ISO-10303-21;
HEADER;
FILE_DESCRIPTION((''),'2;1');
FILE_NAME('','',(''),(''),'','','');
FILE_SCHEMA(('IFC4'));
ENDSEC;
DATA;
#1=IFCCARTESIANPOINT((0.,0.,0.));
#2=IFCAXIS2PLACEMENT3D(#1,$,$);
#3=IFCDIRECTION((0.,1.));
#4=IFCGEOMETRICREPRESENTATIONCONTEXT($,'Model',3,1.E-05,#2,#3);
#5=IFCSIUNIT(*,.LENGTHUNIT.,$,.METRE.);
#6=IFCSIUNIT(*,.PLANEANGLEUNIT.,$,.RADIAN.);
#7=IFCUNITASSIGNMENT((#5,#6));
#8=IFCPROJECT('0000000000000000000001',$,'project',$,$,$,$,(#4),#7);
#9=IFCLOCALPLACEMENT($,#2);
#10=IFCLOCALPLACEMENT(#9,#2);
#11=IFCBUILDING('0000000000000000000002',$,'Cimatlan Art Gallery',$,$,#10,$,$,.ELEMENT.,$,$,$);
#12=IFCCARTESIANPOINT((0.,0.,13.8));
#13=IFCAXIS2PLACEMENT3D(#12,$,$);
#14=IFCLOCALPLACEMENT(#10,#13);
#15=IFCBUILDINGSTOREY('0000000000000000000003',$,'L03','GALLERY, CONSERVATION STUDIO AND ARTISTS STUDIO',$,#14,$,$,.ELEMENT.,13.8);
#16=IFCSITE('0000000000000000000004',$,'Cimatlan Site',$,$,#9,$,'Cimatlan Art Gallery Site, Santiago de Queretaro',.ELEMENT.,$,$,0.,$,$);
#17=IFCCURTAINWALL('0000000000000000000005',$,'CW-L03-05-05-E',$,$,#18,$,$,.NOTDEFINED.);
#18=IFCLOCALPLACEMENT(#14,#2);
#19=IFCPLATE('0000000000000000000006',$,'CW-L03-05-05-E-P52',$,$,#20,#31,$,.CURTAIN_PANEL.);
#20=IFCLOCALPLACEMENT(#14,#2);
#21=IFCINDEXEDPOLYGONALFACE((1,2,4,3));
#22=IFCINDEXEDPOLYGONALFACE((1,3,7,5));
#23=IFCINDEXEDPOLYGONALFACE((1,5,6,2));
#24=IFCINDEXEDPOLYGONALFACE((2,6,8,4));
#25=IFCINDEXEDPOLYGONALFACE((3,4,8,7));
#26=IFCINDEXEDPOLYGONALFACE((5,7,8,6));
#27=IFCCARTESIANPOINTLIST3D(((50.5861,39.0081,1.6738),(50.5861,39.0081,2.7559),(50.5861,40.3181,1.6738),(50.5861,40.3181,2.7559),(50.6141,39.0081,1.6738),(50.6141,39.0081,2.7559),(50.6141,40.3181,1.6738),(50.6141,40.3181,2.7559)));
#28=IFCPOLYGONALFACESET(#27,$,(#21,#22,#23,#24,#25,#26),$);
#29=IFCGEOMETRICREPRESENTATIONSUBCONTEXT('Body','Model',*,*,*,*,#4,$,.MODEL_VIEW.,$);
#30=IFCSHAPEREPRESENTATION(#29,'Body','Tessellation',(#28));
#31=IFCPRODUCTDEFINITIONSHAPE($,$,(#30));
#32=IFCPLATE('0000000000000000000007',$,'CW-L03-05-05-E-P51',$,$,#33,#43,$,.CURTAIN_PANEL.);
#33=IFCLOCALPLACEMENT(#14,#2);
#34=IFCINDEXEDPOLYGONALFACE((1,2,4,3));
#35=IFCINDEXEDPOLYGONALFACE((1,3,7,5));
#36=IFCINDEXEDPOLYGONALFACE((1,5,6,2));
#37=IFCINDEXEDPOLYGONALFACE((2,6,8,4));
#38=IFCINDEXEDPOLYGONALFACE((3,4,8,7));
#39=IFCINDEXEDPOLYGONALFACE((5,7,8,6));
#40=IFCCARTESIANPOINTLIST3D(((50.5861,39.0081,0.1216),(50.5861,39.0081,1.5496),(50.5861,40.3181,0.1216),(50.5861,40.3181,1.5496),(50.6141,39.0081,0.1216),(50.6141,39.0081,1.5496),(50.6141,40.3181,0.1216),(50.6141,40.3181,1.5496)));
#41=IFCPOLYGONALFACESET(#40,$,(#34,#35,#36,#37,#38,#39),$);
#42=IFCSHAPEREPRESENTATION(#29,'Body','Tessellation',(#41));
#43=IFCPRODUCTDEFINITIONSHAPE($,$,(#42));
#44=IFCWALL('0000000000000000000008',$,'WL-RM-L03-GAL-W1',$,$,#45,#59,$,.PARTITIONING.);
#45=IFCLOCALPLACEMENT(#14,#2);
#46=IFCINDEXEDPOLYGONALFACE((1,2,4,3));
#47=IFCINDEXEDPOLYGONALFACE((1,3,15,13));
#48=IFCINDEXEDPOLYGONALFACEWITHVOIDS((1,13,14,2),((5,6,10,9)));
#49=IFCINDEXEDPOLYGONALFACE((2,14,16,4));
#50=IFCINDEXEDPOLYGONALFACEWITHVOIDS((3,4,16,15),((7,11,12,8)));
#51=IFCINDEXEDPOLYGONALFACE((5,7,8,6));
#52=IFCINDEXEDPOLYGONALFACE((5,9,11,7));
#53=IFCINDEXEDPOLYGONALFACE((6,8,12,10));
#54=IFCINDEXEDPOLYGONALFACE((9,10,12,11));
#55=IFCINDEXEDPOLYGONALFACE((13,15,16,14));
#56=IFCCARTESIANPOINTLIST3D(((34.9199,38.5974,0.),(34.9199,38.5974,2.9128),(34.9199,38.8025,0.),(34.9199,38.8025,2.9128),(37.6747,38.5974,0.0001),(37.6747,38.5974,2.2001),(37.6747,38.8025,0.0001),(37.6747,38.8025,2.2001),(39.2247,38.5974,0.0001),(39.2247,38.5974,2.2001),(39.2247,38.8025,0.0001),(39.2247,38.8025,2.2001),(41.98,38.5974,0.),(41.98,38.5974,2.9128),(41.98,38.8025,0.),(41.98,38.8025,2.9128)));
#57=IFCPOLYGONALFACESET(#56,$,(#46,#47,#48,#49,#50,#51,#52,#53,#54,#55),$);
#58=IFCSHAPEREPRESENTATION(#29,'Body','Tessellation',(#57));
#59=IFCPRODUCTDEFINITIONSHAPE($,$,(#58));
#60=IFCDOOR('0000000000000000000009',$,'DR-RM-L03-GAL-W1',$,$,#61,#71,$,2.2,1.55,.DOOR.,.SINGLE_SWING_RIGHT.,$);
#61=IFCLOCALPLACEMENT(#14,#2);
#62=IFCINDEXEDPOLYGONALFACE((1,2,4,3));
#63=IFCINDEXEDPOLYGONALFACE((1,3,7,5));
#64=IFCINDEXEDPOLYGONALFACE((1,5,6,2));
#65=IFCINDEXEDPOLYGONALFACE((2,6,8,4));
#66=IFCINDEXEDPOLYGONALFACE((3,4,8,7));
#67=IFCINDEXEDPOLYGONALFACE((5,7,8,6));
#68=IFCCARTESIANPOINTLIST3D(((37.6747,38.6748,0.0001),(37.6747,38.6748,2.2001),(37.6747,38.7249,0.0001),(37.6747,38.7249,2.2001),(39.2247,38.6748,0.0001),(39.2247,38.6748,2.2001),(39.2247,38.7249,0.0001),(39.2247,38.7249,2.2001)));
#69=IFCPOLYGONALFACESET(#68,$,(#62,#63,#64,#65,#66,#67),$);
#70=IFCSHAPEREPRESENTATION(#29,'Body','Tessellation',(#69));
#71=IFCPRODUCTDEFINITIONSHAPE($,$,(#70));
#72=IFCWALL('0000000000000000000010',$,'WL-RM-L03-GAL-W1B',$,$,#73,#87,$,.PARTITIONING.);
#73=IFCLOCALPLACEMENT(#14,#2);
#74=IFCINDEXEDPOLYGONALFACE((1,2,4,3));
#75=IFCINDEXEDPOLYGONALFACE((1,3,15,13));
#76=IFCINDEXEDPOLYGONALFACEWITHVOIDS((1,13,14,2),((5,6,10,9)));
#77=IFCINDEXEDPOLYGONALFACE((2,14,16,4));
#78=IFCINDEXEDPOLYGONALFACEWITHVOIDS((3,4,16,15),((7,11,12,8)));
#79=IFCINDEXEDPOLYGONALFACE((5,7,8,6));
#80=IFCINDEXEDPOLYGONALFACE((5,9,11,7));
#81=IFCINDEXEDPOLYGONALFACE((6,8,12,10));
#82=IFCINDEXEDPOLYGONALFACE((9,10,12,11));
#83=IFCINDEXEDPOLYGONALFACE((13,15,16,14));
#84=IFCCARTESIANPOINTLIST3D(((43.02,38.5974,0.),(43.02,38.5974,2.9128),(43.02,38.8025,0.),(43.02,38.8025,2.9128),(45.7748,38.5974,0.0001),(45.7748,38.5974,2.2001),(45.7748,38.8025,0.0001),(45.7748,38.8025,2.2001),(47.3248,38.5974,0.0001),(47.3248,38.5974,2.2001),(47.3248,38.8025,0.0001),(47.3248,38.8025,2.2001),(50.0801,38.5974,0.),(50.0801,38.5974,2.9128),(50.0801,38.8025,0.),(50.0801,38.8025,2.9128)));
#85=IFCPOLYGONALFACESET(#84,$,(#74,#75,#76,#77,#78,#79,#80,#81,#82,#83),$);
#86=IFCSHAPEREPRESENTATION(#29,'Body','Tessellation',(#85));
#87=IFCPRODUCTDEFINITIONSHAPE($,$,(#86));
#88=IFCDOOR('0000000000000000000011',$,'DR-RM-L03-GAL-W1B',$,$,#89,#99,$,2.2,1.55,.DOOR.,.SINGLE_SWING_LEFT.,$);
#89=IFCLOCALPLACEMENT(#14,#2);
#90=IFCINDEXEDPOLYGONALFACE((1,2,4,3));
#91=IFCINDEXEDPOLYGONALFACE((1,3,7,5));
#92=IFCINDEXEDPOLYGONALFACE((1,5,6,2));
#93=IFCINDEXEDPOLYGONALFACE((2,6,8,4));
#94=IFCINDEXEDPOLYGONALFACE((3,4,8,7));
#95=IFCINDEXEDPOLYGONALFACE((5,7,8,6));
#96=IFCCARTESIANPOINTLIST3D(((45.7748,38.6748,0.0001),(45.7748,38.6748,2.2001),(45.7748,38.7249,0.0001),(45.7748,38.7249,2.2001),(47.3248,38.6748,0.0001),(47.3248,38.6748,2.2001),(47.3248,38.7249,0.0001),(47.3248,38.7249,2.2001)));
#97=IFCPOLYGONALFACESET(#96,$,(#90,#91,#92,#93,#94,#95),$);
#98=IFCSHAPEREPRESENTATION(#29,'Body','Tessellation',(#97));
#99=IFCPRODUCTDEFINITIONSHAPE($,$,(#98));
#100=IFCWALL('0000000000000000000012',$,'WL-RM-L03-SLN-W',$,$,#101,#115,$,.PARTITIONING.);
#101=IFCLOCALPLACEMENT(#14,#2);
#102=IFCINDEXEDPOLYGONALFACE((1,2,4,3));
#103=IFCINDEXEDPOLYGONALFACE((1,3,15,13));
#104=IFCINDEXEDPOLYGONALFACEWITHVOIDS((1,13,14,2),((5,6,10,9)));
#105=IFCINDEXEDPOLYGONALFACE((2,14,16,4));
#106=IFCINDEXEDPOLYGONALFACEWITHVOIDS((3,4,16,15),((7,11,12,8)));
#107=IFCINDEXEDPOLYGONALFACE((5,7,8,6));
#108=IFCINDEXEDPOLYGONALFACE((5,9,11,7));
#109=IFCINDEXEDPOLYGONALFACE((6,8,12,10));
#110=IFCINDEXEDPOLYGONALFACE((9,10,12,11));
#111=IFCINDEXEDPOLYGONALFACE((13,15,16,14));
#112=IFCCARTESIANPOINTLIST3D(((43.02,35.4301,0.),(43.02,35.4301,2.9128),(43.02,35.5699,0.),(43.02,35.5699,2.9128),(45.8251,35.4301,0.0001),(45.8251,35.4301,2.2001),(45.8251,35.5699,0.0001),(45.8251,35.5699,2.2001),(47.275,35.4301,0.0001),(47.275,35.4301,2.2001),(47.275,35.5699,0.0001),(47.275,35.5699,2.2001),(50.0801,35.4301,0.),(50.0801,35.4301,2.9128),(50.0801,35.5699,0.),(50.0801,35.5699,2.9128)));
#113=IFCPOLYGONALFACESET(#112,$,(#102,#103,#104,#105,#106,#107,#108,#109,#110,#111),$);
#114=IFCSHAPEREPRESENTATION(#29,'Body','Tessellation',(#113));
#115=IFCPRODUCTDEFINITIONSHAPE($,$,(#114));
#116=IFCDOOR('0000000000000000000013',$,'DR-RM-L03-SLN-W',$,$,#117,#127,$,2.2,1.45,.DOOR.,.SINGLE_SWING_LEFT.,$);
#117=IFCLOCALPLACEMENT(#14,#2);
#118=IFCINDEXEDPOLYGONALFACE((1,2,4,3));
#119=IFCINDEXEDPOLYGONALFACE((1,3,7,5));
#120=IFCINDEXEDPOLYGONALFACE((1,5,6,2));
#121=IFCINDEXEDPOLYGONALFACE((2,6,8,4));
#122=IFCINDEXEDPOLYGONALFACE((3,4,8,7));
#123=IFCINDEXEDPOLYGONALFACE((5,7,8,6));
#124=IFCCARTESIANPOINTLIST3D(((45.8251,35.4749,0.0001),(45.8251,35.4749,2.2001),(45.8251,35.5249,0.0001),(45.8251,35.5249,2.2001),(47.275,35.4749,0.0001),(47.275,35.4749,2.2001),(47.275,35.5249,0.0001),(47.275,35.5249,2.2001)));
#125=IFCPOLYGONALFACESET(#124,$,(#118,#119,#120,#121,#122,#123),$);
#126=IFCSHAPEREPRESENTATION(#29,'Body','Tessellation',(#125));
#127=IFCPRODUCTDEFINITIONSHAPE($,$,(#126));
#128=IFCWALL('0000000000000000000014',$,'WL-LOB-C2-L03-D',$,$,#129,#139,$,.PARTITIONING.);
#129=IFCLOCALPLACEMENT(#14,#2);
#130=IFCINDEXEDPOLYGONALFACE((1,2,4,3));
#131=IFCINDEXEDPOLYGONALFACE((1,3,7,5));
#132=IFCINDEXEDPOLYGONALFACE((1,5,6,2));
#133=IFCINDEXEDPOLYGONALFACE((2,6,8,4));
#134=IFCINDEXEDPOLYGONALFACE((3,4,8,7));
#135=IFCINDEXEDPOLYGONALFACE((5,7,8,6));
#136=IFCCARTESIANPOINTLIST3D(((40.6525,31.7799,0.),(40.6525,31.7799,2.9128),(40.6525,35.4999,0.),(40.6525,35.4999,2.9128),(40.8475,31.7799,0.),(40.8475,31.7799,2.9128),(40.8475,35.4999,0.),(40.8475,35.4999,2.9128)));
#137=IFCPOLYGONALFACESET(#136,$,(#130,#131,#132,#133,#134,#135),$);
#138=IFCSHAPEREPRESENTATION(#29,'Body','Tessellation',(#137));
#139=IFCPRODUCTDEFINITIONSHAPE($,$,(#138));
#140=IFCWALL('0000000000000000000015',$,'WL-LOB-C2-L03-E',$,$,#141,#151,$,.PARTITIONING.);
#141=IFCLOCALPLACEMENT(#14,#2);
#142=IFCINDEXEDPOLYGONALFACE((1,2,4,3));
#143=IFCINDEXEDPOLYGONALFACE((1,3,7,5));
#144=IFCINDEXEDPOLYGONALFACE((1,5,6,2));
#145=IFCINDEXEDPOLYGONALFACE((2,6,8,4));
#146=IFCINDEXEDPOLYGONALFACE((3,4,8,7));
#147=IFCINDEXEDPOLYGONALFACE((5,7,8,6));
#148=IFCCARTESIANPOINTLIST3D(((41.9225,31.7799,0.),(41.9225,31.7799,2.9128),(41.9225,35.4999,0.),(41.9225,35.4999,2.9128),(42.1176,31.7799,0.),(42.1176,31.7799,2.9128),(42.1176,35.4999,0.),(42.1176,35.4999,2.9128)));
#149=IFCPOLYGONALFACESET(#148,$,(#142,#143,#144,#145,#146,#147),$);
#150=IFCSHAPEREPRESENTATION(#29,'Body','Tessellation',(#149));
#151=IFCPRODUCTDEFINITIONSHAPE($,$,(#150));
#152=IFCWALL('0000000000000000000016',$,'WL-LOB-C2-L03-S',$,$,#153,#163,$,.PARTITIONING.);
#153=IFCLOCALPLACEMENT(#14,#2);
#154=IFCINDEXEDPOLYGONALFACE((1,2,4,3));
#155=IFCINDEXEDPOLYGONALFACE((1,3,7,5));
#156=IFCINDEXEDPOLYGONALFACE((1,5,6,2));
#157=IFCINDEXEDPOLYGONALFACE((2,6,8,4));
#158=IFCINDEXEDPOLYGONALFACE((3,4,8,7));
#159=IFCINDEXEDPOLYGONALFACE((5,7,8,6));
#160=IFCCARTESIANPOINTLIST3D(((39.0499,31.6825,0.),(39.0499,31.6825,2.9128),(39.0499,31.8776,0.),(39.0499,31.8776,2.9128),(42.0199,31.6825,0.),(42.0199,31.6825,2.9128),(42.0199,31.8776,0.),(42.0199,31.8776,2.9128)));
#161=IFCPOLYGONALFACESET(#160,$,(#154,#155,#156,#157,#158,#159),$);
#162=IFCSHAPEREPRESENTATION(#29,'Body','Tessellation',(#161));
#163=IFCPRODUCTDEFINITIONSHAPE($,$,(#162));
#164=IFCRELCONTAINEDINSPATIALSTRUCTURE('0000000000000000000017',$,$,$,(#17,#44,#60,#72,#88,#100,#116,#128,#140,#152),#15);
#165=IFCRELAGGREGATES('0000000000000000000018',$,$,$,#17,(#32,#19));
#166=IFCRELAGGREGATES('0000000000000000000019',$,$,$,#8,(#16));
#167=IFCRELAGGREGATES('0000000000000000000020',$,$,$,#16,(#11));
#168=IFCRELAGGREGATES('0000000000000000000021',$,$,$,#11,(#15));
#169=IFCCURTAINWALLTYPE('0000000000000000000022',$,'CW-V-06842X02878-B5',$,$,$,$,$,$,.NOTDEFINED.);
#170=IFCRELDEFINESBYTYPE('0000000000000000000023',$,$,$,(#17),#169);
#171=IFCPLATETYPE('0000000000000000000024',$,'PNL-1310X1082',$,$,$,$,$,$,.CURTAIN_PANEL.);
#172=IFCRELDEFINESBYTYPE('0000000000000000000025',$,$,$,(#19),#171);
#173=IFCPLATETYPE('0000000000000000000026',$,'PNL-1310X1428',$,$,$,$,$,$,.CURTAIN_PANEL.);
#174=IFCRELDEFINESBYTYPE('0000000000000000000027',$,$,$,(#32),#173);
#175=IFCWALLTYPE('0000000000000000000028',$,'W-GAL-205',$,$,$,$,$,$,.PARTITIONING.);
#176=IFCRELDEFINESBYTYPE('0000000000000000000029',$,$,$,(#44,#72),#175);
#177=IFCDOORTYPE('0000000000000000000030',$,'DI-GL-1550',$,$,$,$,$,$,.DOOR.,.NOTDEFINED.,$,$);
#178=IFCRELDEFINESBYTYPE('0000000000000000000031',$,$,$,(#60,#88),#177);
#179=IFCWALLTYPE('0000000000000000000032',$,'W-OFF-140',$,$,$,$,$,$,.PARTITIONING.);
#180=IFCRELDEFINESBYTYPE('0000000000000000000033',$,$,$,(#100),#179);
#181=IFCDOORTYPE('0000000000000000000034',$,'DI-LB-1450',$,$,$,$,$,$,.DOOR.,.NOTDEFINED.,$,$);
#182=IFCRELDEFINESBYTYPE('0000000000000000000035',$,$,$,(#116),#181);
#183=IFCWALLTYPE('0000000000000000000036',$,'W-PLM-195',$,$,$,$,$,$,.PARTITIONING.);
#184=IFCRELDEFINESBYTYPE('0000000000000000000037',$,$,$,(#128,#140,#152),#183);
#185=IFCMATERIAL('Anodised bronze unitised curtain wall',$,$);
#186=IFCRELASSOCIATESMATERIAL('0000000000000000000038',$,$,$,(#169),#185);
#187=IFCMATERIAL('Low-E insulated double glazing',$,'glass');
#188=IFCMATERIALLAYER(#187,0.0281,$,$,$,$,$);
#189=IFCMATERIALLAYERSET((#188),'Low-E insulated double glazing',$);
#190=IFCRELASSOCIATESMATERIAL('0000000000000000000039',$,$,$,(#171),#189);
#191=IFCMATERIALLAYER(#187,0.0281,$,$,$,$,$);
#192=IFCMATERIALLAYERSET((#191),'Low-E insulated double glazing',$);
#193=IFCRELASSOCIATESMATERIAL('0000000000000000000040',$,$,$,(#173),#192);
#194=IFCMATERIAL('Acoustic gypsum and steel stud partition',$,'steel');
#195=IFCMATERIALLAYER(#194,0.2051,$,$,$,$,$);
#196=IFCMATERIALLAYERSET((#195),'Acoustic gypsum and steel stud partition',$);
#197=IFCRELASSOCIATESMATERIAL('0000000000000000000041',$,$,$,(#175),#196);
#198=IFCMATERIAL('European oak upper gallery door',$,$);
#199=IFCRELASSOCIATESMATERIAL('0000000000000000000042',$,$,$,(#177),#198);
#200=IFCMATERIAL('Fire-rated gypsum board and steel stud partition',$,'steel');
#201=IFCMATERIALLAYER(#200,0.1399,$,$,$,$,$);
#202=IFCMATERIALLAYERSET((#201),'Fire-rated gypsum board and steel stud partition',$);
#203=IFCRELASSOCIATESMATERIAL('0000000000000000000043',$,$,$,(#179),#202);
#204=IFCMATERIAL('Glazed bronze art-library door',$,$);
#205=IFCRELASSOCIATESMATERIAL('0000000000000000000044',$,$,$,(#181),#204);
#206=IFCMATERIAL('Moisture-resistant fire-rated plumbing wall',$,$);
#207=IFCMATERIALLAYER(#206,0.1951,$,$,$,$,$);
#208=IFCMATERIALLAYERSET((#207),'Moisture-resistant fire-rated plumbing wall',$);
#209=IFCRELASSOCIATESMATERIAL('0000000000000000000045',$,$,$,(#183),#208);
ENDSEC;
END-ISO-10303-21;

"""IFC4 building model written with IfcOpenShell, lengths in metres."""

from ifc_helpers import new_model, si_unit, direction, frame, frame_2d, origin, origin_2d, place, context, subcontext, project, spatial, rectangle, extrude, material, layer, layer_set, type_object, element, fill, aggregate, save


model = new_model("IFC4")

# Units and contexts
model_context = context("Model", 3, precision=1e-05, world=origin(), true_north=direction((0.0, 1.0)))
body_context = subcontext(model_context, "Body", "Model", "MODEL_VIEW")
ifc_project = project(units=[si_unit("LENGTHUNIT", "METRE"), si_unit("PLANEANGLEUNIT", "RADIAN")], contexts=[model_context])

# Site, building, storey
site_placement = place(None, origin())
site = spatial("IfcSite", under=ifc_project, at=site_placement, Name="Cimatlan Site", LongName="Cimatlan Art Gallery Site, Santiago de Queretaro", CompositionType="ELEMENT", RefElevation=0.0)
building_placement = place(site_placement, origin())
building = spatial("IfcBuilding", under=site, at=building_placement, Name="Cimatlan Art Gallery", CompositionType="ELEMENT")
storey_placement = place(building_placement, frame((0.0, 0.0, 13.8)))
storey = spatial("IfcBuildingStorey", under=building, at=storey_placement, Name="L03", Description="GALLERY, CONSERVATION STUDIO AND ARTISTS STUDIO", CompositionType="ELEMENT", Elevation=13.8)

# Curtain wall, plates
ifc_material_1 = material(Name="Anodised bronze unitised curtain wall")
curtain_wall_type = type_object("IfcCurtainWallType", Name="CW-V-06842X02878-B5", PredefinedType="NOTDEFINED", material=ifc_material_1)
curtain_wall_placement = place(storey_placement, origin())
curtain_wall = element("IfcCurtainWall", 1, at=curtain_wall_placement, inside=storey, type_object=curtain_wall_type, Name="CW-L03-05-05-E", PredefinedType="NOTDEFINED")
ifc_material_2 = material(Name="Low-E insulated double glazing", Category="glass")
ifc_layer_1 = layer(ifc_material_2, 0.0281)
ifc_layer_set_1 = layer_set([ifc_layer_1], Name="Low-E insulated double glazing")
plate_type_1 = type_object("IfcPlateType", Name="PNL-1310X1082", PredefinedType="CURTAIN_PANEL", material=ifc_layer_set_1)
plate_1_placement = place(storey_placement, frame((50.6001, 39.6631, 1.6738), z_axis=(0.0, 0.0, 1.0), x_axis=(0.0, -1.0, 0.0)))
plate_1 = element("IfcPlate", 2, at=plate_1_placement, type_object=plate_type_1, Name="CW-L03-05-05-E-P52", PredefinedType="CURTAIN_PANEL", context=body_context, shape_type="SweptSolid", body=[
    extrude(rectangle(XDim=1.3101, YDim=0.0281, at=origin_2d()), origin(), (0.0, 0.0, 1.0), 1.082),
])
ifc_layer_2 = layer(ifc_material_2, 0.0281)
ifc_layer_set_2 = layer_set([ifc_layer_2], Name="Low-E insulated double glazing")
plate_type_2 = type_object("IfcPlateType", Name="PNL-1310X1428", PredefinedType="CURTAIN_PANEL", material=ifc_layer_set_2)
plate_2_placement = place(storey_placement, frame((50.6001, 39.6631, 0.1216), z_axis=(0.0, 0.0, 1.0), x_axis=(0.0, -1.0, 0.0)))
plate_2 = element("IfcPlate", 3, at=plate_2_placement, type_object=plate_type_2, Name="CW-L03-05-05-E-P51", PredefinedType="CURTAIN_PANEL", context=body_context, shape_type="SweptSolid", body=[
    extrude(rectangle(XDim=1.3101, YDim=0.0281, at=origin_2d()), origin(), (0.0, 0.0, 1.0), 1.428),
])
aggregate(curtain_wall, [plate_2, plate_1])

# Walls, openings, doors
ifc_material_3 = material(Name="Acoustic gypsum and steel stud partition", Category="steel")
ifc_layer_3 = layer(ifc_material_3, 0.2051)
ifc_layer_set_3 = layer_set([ifc_layer_3], Name="Acoustic gypsum and steel stud partition")
wall_type_1 = type_object("IfcWallType", Name="W-GAL-205", PredefinedType="PARTITIONING", material=ifc_layer_set_3)
wall_1_placement = place(storey_placement, frame((34.9199, 38.7, 0.0), z_axis=(0.0, 0.0, 1.0), x_axis=(1.0, 0.0, 0.0)))
wall_1 = element("IfcWall", 4, at=wall_1_placement, inside=storey, type_object=wall_type_1, Name="WL-RM-L03-GAL-W1", PredefinedType="PARTITIONING", context=body_context, shape_type="SweptSolid", body=[
    extrude(rectangle(XDim=7.0601, YDim=0.2051, at=frame_2d((3.53, 0.0))), origin(), (0.0, 0.0, 1.0), 2.9128),
])
opening_1_placement = place(wall_1_placement, frame((2.7549, 0.0, 0.0)))
opening_1 = element("IfcOpeningElement", 5, at=opening_1_placement, cuts=wall_1, PredefinedType="OPENING", context=body_context, shape_type="SweptSolid", body=[
    extrude(rectangle(XDim=1.55, YDim=2.2, at=frame_2d((0.7749, 1.1001))), frame((0.0, 0.1125, 0.0), z_axis=(0.0, -1.0, 0.0), x_axis=(1.0, 0.0, 0.0)), (0.0, 0.0, 1.0), 0.2251),
])
ifc_material_4 = material(Name="European oak upper gallery door")
door_type_1 = type_object("IfcDoorType", Name="DI-GL-1550", OperationType="NOTDEFINED", PredefinedType="DOOR", material=ifc_material_4)
door_1_placement = place(opening_1_placement, origin())
door_1 = element("IfcDoor", 6, at=door_1_placement, inside=storey, type_object=door_type_1, Name="DR-RM-L03-GAL-W1", OperationType="SINGLE_SWING_RIGHT", OverallHeight=2.2, OverallWidth=1.55, PredefinedType="DOOR", context=body_context, shape_type="SweptSolid", body=[
    extrude(rectangle(XDim=1.55, YDim=2.2, at=frame_2d((0.7749, 1.1001))), frame((0.0, 0.0249, 0.0), z_axis=(0.0, -1.0, 0.0), x_axis=(1.0, 0.0, 0.0)), (0.0, 0.0, 1.0), 0.05),
])
fill(opening_1, door_1)
wall_2_placement = place(storey_placement, frame((43.02, 38.7, 0.0), z_axis=(0.0, 0.0, 1.0), x_axis=(1.0, 0.0, 0.0)))
wall_2 = element("IfcWall", 7, at=wall_2_placement, inside=storey, type_object=wall_type_1, Name="WL-RM-L03-GAL-W1B", PredefinedType="PARTITIONING", context=body_context, shape_type="SweptSolid", body=[
    extrude(rectangle(XDim=7.0601, YDim=0.2051, at=frame_2d((3.53, 0.0))), origin(), (0.0, 0.0, 1.0), 2.9128),
])
opening_2_placement = place(wall_2_placement, frame((2.7549, 0.0, 0.0)))
opening_2 = element("IfcOpeningElement", 8, at=opening_2_placement, cuts=wall_2, PredefinedType="OPENING", context=body_context, shape_type="SweptSolid", body=[
    extrude(rectangle(XDim=1.55, YDim=2.2, at=frame_2d((0.7749, 1.1001))), frame((0.0, 0.1125, 0.0), z_axis=(0.0, -1.0, 0.0), x_axis=(1.0, 0.0, 0.0)), (0.0, 0.0, 1.0), 0.2251),
])
door_2_placement = place(opening_2_placement, origin())
door_2 = element("IfcDoor", 9, at=door_2_placement, inside=storey, type_object=door_type_1, Name="DR-RM-L03-GAL-W1B", OperationType="SINGLE_SWING_LEFT", OverallHeight=2.2, OverallWidth=1.55, PredefinedType="DOOR", context=body_context, shape_type="SweptSolid", body=[
    extrude(rectangle(XDim=1.55, YDim=2.2, at=frame_2d((0.7749, 1.1001))), frame((0.0, 0.0249, 0.0), z_axis=(0.0, -1.0, 0.0), x_axis=(1.0, 0.0, 0.0)), (0.0, 0.0, 1.0), 0.05),
])
fill(opening_2, door_2)
ifc_material_5 = material(Name="Fire-rated gypsum board and steel stud partition", Category="steel")
ifc_layer_4 = layer(ifc_material_5, 0.1399)
ifc_layer_set_4 = layer_set([ifc_layer_4], Name="Fire-rated gypsum board and steel stud partition")
wall_type_2 = type_object("IfcWallType", Name="W-OFF-140", PredefinedType="PARTITIONING", material=ifc_layer_set_4)
wall_3_placement = place(storey_placement, frame((43.02, 35.5, 0.0), z_axis=(0.0, 0.0, 1.0), x_axis=(1.0, 0.0, 0.0)))
wall_3 = element("IfcWall", 10, at=wall_3_placement, inside=storey, type_object=wall_type_2, Name="WL-RM-L03-SLN-W", PredefinedType="PARTITIONING", context=body_context, shape_type="SweptSolid", body=[
    extrude(rectangle(XDim=7.0601, YDim=0.1399, at=frame_2d((3.53, 0.0))), origin(), (0.0, 0.0, 1.0), 2.9128),
])
opening_3_placement = place(wall_3_placement, frame((2.8049, 0.0, 0.0)))
opening_3 = element("IfcOpeningElement", 11, at=opening_3_placement, cuts=wall_3, PredefinedType="OPENING", context=body_context, shape_type="SweptSolid", body=[
    extrude(rectangle(XDim=1.45, YDim=2.2, at=frame_2d((0.7251, 1.1001))), frame((0.0, 0.0801, 0.0), z_axis=(0.0, -1.0, 0.0), x_axis=(1.0, 0.0, 0.0)), (0.0, 0.0, 1.0), 0.1599),
])
ifc_material_6 = material(Name="Glazed bronze art-library door")
door_type_2 = type_object("IfcDoorType", Name="DI-LB-1450", OperationType="NOTDEFINED", PredefinedType="DOOR", material=ifc_material_6)
door_3_placement = place(opening_3_placement, origin())
door_3 = element("IfcDoor", 12, at=door_3_placement, inside=storey, type_object=door_type_2, Name="DR-RM-L03-SLN-W", OperationType="SINGLE_SWING_LEFT", OverallHeight=2.2, OverallWidth=1.45, PredefinedType="DOOR", context=body_context, shape_type="SweptSolid", body=[
    extrude(rectangle(XDim=1.45, YDim=2.2, at=frame_2d((0.7251, 1.1001))), frame((0.0, 0.0249, 0.0), z_axis=(0.0, -1.0, 0.0), x_axis=(1.0, 0.0, 0.0)), (0.0, 0.0, 1.0), 0.05),
])
fill(opening_3, door_3)

# Walls
ifc_material_7 = material(Name="Moisture-resistant fire-rated plumbing wall")
ifc_layer_5 = layer(ifc_material_7, 0.1951)
ifc_layer_set_5 = layer_set([ifc_layer_5], Name="Moisture-resistant fire-rated plumbing wall")
wall_type_3 = type_object("IfcWallType", Name="W-PLM-195", PredefinedType="PARTITIONING", material=ifc_layer_set_5)
for number, where, z_axis, x_axis, name in (
    (13, (40.75, 31.78, 0.0), (0.0, 0.0, 1.0), (0.0, 1.0, 0.0), "WL-LOB-C2-L03-D"),
    (14, (42.02, 31.78, 0.0), (0.0, 0.0, 1.0), (0.0, 1.0, 0.0), "WL-LOB-C2-L03-E"),
):
    element("IfcWall", number, at=place(storey_placement, frame(where, z_axis=z_axis, x_axis=x_axis)), inside=storey, type_object=wall_type_3, Name=name, PredefinedType="PARTITIONING", context=body_context, shape_type="SweptSolid", body=[
        extrude(rectangle(XDim=3.72, YDim=0.1951, at=frame_2d((1.8599, 0.0))), origin(), (0.0, 0.0, 1.0), 2.9128),
    ])
wall_4_placement = place(storey_placement, frame((39.05, 31.78, 0.0), z_axis=(0.0, 0.0, 1.0), x_axis=(1.0, 0.0, 0.0)))
element("IfcWall", 15, at=wall_4_placement, inside=storey, type_object=wall_type_3, Name="WL-LOB-C2-L03-S", PredefinedType="PARTITIONING", context=body_context, shape_type="SweptSolid", body=[
    extrude(rectangle(XDim=2.97, YDim=0.1951, at=frame_2d((1.4849, 0.0))), origin(), (0.0, 0.0, 1.0), 2.9128),
])

save(model, "model.ifc")
